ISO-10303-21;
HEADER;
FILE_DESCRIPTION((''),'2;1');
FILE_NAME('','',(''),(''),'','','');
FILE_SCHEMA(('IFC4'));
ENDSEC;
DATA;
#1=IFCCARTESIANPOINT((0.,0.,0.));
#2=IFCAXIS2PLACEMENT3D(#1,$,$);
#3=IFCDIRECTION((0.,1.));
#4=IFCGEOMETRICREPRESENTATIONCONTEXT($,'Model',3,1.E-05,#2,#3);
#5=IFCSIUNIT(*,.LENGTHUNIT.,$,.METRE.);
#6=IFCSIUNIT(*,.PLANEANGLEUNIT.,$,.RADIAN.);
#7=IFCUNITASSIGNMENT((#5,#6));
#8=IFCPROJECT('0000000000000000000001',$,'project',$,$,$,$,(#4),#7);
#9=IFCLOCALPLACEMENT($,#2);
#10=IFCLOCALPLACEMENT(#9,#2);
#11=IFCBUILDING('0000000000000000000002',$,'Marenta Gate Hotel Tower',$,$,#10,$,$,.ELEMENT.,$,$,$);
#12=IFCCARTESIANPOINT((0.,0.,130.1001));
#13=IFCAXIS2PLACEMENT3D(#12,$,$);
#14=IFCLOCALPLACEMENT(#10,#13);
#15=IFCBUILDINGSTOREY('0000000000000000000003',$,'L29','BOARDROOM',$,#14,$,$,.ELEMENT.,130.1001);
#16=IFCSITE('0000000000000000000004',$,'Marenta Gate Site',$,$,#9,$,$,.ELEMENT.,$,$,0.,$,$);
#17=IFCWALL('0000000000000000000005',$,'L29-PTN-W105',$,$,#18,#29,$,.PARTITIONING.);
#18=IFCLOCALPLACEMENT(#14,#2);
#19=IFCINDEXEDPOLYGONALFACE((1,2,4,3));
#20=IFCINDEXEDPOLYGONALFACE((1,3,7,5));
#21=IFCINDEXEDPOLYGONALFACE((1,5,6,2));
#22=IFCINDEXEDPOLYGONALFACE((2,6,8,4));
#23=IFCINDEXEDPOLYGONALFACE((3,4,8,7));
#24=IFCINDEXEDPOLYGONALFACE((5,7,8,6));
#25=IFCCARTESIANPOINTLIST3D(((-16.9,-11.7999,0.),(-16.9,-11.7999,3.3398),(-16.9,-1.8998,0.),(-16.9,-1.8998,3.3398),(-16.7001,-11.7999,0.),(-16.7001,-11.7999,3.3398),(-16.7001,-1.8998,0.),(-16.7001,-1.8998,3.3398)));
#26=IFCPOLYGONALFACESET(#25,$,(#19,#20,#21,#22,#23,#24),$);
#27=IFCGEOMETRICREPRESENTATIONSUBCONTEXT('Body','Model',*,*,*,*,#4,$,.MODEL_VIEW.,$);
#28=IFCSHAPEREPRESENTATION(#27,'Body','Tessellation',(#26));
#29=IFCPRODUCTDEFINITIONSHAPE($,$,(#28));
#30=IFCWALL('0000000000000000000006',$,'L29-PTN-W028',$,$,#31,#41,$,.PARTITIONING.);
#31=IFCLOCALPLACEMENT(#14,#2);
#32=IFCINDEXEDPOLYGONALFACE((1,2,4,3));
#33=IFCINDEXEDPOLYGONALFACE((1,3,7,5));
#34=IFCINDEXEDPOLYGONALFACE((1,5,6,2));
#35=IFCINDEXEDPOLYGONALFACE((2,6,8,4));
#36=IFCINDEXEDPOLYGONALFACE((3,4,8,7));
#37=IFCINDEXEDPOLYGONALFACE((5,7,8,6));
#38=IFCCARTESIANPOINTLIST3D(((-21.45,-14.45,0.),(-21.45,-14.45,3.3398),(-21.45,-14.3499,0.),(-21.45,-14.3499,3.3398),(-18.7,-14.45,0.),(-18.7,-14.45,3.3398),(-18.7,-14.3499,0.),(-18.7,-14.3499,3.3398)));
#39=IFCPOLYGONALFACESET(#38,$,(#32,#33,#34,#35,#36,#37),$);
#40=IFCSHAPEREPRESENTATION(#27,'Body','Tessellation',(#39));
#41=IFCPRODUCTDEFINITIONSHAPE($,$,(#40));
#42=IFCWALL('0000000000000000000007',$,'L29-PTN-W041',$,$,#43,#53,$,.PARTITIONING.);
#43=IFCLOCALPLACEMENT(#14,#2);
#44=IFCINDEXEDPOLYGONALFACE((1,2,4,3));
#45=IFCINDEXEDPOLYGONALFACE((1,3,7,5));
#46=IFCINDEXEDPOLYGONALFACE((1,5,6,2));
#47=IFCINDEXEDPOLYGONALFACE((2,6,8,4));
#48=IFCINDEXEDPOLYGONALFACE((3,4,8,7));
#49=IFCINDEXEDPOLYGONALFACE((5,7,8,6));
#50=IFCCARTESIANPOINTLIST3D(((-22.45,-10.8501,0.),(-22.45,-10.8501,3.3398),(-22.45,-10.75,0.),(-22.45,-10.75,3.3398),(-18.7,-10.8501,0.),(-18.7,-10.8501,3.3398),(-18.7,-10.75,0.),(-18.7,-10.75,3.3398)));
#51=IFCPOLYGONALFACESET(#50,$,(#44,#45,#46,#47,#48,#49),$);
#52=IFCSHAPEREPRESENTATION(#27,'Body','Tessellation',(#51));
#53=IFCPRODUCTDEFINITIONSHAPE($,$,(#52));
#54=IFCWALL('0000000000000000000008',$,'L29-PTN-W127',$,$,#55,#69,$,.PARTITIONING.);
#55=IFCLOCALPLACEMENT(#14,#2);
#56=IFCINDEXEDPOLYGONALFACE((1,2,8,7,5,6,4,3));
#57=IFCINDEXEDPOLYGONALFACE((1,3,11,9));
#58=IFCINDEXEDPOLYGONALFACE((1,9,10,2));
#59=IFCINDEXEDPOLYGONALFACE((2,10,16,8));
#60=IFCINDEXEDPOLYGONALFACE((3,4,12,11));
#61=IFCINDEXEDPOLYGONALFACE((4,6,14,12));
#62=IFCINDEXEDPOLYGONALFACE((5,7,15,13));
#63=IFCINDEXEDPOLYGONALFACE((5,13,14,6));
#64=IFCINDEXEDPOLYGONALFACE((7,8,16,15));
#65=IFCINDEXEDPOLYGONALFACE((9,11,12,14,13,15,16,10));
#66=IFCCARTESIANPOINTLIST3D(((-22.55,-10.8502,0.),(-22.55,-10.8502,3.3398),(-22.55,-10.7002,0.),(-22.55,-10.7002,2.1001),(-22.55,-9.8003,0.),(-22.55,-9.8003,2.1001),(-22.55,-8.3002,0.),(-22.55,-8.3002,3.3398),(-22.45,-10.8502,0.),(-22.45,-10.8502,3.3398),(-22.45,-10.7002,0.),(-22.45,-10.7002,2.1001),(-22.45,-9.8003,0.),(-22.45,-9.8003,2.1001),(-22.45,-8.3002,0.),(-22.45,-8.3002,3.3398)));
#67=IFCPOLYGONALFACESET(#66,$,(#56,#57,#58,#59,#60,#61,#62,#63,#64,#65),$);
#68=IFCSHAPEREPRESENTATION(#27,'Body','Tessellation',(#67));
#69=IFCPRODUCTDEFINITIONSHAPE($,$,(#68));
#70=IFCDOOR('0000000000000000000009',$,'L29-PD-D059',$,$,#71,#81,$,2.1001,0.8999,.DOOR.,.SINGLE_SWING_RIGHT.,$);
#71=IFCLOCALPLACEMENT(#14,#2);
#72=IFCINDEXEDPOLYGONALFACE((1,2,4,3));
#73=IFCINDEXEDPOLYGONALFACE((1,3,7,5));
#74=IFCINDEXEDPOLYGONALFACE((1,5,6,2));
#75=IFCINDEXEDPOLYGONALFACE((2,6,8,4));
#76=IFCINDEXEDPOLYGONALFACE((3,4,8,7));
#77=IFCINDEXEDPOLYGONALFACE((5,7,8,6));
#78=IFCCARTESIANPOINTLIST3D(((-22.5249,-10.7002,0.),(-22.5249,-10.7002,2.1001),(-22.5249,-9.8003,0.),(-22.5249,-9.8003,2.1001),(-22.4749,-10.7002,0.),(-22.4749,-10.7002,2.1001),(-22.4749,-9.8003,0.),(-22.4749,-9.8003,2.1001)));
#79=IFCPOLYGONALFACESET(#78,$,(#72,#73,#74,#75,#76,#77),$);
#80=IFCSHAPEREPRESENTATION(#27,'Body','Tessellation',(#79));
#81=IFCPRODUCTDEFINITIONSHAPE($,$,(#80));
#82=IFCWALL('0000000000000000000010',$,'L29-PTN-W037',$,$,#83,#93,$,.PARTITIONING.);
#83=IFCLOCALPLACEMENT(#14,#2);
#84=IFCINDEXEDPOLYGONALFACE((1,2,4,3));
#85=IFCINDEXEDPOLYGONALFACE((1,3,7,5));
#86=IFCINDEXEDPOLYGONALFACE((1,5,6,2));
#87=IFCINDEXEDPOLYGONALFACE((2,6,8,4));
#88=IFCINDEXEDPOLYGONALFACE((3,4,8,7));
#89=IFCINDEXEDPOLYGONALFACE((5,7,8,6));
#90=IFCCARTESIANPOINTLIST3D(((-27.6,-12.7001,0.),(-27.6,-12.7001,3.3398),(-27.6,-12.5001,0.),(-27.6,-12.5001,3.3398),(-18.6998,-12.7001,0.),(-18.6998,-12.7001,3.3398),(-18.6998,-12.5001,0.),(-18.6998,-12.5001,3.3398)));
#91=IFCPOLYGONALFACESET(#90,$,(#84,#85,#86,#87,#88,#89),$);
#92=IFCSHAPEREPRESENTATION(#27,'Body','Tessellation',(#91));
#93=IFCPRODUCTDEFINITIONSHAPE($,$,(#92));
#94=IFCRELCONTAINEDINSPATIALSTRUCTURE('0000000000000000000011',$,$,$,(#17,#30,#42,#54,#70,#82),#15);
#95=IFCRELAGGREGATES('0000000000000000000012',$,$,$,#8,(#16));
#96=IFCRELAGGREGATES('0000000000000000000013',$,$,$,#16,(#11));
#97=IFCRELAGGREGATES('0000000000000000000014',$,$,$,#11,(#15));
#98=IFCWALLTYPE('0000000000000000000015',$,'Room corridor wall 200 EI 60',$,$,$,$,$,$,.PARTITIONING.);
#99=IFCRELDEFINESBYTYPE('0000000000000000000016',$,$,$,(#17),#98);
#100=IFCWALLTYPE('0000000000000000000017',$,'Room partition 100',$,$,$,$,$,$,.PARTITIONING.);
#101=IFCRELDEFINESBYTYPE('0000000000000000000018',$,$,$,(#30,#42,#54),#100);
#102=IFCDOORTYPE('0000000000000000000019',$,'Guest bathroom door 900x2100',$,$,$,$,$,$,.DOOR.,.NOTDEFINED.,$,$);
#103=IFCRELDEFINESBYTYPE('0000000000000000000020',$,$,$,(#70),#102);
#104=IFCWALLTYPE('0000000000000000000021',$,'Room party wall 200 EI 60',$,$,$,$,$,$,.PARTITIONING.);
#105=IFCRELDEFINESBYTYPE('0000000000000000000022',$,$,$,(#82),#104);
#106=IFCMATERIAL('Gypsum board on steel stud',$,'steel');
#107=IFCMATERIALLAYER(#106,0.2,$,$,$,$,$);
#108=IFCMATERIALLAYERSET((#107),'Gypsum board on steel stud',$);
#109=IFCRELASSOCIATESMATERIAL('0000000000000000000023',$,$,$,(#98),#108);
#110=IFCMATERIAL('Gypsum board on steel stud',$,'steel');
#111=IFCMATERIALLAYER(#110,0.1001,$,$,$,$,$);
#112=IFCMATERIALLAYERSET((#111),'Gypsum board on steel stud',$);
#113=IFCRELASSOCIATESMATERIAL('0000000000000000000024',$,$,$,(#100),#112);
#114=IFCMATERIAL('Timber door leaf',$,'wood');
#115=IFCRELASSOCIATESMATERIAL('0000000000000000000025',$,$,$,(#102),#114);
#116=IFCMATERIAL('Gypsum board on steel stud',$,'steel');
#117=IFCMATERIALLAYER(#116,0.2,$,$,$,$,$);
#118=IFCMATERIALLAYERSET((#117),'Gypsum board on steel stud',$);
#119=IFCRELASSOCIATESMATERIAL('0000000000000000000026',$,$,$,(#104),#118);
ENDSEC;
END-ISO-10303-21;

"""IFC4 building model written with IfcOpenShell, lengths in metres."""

from ifc_helpers import new_model, si_unit, direction, frame, frame_2d, origin, place, context, subcontext, project, spatial, rectangle, extrude, material, layer, layer_set, type_object, element, fill, save


model = new_model("IFC4")

# Units and contexts
model_context = context("Model", 3, precision=1e-05, world=origin(), true_north=direction((0.0, 1.0)))
body_context = subcontext(model_context, "Body", "Model", "MODEL_VIEW")
ifc_project = project(units=[si_unit("LENGTHUNIT", "METRE"), si_unit("PLANEANGLEUNIT", "RADIAN")], contexts=[model_context])

# Site, building, storey
site_placement = place(None, origin())
site = spatial("IfcSite", under=ifc_project, at=site_placement, Name="Marenta Gate Site", CompositionType="ELEMENT", RefElevation=0.0)
building_placement = place(site_placement, origin())
building = spatial("IfcBuilding", under=site, at=building_placement, Name="Marenta Gate Hotel Tower", CompositionType="ELEMENT")
storey_placement = place(building_placement, frame((0.0, 0.0, 130.1001)))
storey = spatial("IfcBuildingStorey", under=building, at=storey_placement, Name="L29", Description="BOARDROOM", CompositionType="ELEMENT", Elevation=130.1001)

# Shared definitions
ifc_material_1 = material(Name="Gypsum board on steel stud", Category="steel")
ifc_layer_1 = layer(ifc_material_1, 0.2)
ifc_layer_set_1 = layer_set([ifc_layer_1], Name="Gypsum board on steel stud")
wall_type_1 = type_object("IfcWallType", Name="Room corridor wall 200 EI 60", PredefinedType="PARTITIONING", material=ifc_layer_set_1)

# Walls
wall_1_placement = place(storey_placement, frame((-16.8, -11.8, 0.0), z_axis=(0.0, 0.0, 1.0), x_axis=(0.0, 1.0, 0.0)))
element("IfcWall", 1, at=wall_1_placement, inside=storey, type_object=wall_type_1, Name="L29-PTN-W105", PredefinedType="PARTITIONING", context=body_context, shape_type="SweptSolid", body=[
    extrude(rectangle(XDim=9.9001, YDim=0.2, at=frame_2d((4.9502, 0.0))), origin(), (0.0, 0.0, 1.0), 3.3398),
])
ifc_material_2 = material(Name="Gypsum board on steel stud", Category="steel")
ifc_layer_2 = layer(ifc_material_2, 0.1001)
ifc_layer_set_2 = layer_set([ifc_layer_2], Name="Gypsum board on steel stud")
wall_type_2 = type_object("IfcWallType", Name="Room partition 100", PredefinedType="PARTITIONING", material=ifc_layer_set_2)
wall_2_placement = place(storey_placement, frame((-21.45, -14.3999, 0.0), z_axis=(0.0, 0.0, 1.0), x_axis=(1.0, 0.0, 0.0)))
element("IfcWall", 2, at=wall_2_placement, inside=storey, type_object=wall_type_2, Name="L29-PTN-W028", PredefinedType="PARTITIONING", context=body_context, shape_type="SweptSolid", body=[
    extrude(rectangle(XDim=2.75, YDim=0.1001, at=frame_2d((1.375, 0.0))), origin(), (0.0, 0.0, 1.0), 3.3398),
])
wall_3_placement = place(storey_placement, frame((-22.45, -10.8, 0.0), z_axis=(0.0, 0.0, 1.0), x_axis=(1.0, 0.0, 0.0)))
element("IfcWall", 3, at=wall_3_placement, inside=storey, type_object=wall_type_2, Name="L29-PTN-W041", PredefinedType="PARTITIONING", context=body_context, shape_type="SweptSolid", body=[
    extrude(rectangle(XDim=3.75, YDim=0.1001, at=frame_2d((1.875, 0.0))), origin(), (0.0, 0.0, 1.0), 3.3398),
])

# Wall, opening, door
wall_4_placement = place(storey_placement, frame((-22.5, -10.8501, 0.0), z_axis=(0.0, 0.0, 1.0), x_axis=(0.0, 1.0, 0.0)))
wall_4 = element("IfcWall", 4, at=wall_4_placement, inside=storey, type_object=wall_type_2, Name="L29-PTN-W127", PredefinedType="PARTITIONING", context=body_context, shape_type="SweptSolid", body=[
    extrude(rectangle(XDim=2.55, YDim=0.1001, at=frame_2d((1.2749, 0.0))), origin(), (0.0, 0.0, 1.0), 3.3398),
])
opening_1_placement = place(wall_4_placement, frame((0.1499, 0.0, 0.0)))
opening_1 = element("IfcOpeningElement", 5, at=opening_1_placement, cuts=wall_4, PredefinedType="OPENING", context=body_context, shape_type="SweptSolid", body=[
    extrude(rectangle(XDim=0.8999, YDim=2.1001, at=frame_2d((0.45, 1.05))), frame((0.0, 0.05, 0.0), z_axis=(0.0, -1.0, 0.0), x_axis=(1.0, 0.0, 0.0)), (0.0, 0.0, 1.0), 0.1001),
])
ifc_material_3 = material(Name="Timber door leaf", Category="wood")
door_type_1 = type_object("IfcDoorType", Name="Guest bathroom door 900x2100", OperationType="NOTDEFINED", PredefinedType="DOOR", material=ifc_material_3)
door_1_placement = place(opening_1_placement, origin())
door_1 = element("IfcDoor", 6, at=door_1_placement, inside=storey, type_object=door_type_1, Name="L29-PD-D059", OperationType="SINGLE_SWING_RIGHT", OverallHeight=2.1001, OverallWidth=0.8999, PredefinedType="DOOR", context=body_context, shape_type="SweptSolid", body=[
    extrude(rectangle(XDim=0.8999, YDim=2.1001, at=frame_2d((0.45, 1.05))), frame((0.0, 0.0249, 0.0), z_axis=(0.0, -1.0, 0.0), x_axis=(1.0, 0.0, 0.0)), (0.0, 0.0, 1.0), 0.05),
])
fill(opening_1, door_1)

# Wall
ifc_material_4 = material(Name="Gypsum board on steel stud", Category="steel")
ifc_layer_3 = layer(ifc_material_4, 0.2)
ifc_layer_set_3 = layer_set([ifc_layer_3], Name="Gypsum board on steel stud")
wall_type_3 = type_object("IfcWallType", Name="Room party wall 200 EI 60", PredefinedType="PARTITIONING", material=ifc_layer_set_3)
wall_5_placement = place(storey_placement, frame((-27.6001, -12.6001, 0.0), z_axis=(0.0, 0.0, 1.0), x_axis=(1.0, 0.0, 0.0)))
element("IfcWall", 7, at=wall_5_placement, inside=storey, type_object=wall_type_3, Name="L29-PTN-W037", PredefinedType="PARTITIONING", context=body_context, shape_type="SweptSolid", body=[
    extrude(rectangle(XDim=8.9001, YDim=0.2, at=frame_2d((4.4502, 0.0))), origin(), (0.0, 0.0, 1.0), 3.3398),
])

save(model, "model.ifc")
